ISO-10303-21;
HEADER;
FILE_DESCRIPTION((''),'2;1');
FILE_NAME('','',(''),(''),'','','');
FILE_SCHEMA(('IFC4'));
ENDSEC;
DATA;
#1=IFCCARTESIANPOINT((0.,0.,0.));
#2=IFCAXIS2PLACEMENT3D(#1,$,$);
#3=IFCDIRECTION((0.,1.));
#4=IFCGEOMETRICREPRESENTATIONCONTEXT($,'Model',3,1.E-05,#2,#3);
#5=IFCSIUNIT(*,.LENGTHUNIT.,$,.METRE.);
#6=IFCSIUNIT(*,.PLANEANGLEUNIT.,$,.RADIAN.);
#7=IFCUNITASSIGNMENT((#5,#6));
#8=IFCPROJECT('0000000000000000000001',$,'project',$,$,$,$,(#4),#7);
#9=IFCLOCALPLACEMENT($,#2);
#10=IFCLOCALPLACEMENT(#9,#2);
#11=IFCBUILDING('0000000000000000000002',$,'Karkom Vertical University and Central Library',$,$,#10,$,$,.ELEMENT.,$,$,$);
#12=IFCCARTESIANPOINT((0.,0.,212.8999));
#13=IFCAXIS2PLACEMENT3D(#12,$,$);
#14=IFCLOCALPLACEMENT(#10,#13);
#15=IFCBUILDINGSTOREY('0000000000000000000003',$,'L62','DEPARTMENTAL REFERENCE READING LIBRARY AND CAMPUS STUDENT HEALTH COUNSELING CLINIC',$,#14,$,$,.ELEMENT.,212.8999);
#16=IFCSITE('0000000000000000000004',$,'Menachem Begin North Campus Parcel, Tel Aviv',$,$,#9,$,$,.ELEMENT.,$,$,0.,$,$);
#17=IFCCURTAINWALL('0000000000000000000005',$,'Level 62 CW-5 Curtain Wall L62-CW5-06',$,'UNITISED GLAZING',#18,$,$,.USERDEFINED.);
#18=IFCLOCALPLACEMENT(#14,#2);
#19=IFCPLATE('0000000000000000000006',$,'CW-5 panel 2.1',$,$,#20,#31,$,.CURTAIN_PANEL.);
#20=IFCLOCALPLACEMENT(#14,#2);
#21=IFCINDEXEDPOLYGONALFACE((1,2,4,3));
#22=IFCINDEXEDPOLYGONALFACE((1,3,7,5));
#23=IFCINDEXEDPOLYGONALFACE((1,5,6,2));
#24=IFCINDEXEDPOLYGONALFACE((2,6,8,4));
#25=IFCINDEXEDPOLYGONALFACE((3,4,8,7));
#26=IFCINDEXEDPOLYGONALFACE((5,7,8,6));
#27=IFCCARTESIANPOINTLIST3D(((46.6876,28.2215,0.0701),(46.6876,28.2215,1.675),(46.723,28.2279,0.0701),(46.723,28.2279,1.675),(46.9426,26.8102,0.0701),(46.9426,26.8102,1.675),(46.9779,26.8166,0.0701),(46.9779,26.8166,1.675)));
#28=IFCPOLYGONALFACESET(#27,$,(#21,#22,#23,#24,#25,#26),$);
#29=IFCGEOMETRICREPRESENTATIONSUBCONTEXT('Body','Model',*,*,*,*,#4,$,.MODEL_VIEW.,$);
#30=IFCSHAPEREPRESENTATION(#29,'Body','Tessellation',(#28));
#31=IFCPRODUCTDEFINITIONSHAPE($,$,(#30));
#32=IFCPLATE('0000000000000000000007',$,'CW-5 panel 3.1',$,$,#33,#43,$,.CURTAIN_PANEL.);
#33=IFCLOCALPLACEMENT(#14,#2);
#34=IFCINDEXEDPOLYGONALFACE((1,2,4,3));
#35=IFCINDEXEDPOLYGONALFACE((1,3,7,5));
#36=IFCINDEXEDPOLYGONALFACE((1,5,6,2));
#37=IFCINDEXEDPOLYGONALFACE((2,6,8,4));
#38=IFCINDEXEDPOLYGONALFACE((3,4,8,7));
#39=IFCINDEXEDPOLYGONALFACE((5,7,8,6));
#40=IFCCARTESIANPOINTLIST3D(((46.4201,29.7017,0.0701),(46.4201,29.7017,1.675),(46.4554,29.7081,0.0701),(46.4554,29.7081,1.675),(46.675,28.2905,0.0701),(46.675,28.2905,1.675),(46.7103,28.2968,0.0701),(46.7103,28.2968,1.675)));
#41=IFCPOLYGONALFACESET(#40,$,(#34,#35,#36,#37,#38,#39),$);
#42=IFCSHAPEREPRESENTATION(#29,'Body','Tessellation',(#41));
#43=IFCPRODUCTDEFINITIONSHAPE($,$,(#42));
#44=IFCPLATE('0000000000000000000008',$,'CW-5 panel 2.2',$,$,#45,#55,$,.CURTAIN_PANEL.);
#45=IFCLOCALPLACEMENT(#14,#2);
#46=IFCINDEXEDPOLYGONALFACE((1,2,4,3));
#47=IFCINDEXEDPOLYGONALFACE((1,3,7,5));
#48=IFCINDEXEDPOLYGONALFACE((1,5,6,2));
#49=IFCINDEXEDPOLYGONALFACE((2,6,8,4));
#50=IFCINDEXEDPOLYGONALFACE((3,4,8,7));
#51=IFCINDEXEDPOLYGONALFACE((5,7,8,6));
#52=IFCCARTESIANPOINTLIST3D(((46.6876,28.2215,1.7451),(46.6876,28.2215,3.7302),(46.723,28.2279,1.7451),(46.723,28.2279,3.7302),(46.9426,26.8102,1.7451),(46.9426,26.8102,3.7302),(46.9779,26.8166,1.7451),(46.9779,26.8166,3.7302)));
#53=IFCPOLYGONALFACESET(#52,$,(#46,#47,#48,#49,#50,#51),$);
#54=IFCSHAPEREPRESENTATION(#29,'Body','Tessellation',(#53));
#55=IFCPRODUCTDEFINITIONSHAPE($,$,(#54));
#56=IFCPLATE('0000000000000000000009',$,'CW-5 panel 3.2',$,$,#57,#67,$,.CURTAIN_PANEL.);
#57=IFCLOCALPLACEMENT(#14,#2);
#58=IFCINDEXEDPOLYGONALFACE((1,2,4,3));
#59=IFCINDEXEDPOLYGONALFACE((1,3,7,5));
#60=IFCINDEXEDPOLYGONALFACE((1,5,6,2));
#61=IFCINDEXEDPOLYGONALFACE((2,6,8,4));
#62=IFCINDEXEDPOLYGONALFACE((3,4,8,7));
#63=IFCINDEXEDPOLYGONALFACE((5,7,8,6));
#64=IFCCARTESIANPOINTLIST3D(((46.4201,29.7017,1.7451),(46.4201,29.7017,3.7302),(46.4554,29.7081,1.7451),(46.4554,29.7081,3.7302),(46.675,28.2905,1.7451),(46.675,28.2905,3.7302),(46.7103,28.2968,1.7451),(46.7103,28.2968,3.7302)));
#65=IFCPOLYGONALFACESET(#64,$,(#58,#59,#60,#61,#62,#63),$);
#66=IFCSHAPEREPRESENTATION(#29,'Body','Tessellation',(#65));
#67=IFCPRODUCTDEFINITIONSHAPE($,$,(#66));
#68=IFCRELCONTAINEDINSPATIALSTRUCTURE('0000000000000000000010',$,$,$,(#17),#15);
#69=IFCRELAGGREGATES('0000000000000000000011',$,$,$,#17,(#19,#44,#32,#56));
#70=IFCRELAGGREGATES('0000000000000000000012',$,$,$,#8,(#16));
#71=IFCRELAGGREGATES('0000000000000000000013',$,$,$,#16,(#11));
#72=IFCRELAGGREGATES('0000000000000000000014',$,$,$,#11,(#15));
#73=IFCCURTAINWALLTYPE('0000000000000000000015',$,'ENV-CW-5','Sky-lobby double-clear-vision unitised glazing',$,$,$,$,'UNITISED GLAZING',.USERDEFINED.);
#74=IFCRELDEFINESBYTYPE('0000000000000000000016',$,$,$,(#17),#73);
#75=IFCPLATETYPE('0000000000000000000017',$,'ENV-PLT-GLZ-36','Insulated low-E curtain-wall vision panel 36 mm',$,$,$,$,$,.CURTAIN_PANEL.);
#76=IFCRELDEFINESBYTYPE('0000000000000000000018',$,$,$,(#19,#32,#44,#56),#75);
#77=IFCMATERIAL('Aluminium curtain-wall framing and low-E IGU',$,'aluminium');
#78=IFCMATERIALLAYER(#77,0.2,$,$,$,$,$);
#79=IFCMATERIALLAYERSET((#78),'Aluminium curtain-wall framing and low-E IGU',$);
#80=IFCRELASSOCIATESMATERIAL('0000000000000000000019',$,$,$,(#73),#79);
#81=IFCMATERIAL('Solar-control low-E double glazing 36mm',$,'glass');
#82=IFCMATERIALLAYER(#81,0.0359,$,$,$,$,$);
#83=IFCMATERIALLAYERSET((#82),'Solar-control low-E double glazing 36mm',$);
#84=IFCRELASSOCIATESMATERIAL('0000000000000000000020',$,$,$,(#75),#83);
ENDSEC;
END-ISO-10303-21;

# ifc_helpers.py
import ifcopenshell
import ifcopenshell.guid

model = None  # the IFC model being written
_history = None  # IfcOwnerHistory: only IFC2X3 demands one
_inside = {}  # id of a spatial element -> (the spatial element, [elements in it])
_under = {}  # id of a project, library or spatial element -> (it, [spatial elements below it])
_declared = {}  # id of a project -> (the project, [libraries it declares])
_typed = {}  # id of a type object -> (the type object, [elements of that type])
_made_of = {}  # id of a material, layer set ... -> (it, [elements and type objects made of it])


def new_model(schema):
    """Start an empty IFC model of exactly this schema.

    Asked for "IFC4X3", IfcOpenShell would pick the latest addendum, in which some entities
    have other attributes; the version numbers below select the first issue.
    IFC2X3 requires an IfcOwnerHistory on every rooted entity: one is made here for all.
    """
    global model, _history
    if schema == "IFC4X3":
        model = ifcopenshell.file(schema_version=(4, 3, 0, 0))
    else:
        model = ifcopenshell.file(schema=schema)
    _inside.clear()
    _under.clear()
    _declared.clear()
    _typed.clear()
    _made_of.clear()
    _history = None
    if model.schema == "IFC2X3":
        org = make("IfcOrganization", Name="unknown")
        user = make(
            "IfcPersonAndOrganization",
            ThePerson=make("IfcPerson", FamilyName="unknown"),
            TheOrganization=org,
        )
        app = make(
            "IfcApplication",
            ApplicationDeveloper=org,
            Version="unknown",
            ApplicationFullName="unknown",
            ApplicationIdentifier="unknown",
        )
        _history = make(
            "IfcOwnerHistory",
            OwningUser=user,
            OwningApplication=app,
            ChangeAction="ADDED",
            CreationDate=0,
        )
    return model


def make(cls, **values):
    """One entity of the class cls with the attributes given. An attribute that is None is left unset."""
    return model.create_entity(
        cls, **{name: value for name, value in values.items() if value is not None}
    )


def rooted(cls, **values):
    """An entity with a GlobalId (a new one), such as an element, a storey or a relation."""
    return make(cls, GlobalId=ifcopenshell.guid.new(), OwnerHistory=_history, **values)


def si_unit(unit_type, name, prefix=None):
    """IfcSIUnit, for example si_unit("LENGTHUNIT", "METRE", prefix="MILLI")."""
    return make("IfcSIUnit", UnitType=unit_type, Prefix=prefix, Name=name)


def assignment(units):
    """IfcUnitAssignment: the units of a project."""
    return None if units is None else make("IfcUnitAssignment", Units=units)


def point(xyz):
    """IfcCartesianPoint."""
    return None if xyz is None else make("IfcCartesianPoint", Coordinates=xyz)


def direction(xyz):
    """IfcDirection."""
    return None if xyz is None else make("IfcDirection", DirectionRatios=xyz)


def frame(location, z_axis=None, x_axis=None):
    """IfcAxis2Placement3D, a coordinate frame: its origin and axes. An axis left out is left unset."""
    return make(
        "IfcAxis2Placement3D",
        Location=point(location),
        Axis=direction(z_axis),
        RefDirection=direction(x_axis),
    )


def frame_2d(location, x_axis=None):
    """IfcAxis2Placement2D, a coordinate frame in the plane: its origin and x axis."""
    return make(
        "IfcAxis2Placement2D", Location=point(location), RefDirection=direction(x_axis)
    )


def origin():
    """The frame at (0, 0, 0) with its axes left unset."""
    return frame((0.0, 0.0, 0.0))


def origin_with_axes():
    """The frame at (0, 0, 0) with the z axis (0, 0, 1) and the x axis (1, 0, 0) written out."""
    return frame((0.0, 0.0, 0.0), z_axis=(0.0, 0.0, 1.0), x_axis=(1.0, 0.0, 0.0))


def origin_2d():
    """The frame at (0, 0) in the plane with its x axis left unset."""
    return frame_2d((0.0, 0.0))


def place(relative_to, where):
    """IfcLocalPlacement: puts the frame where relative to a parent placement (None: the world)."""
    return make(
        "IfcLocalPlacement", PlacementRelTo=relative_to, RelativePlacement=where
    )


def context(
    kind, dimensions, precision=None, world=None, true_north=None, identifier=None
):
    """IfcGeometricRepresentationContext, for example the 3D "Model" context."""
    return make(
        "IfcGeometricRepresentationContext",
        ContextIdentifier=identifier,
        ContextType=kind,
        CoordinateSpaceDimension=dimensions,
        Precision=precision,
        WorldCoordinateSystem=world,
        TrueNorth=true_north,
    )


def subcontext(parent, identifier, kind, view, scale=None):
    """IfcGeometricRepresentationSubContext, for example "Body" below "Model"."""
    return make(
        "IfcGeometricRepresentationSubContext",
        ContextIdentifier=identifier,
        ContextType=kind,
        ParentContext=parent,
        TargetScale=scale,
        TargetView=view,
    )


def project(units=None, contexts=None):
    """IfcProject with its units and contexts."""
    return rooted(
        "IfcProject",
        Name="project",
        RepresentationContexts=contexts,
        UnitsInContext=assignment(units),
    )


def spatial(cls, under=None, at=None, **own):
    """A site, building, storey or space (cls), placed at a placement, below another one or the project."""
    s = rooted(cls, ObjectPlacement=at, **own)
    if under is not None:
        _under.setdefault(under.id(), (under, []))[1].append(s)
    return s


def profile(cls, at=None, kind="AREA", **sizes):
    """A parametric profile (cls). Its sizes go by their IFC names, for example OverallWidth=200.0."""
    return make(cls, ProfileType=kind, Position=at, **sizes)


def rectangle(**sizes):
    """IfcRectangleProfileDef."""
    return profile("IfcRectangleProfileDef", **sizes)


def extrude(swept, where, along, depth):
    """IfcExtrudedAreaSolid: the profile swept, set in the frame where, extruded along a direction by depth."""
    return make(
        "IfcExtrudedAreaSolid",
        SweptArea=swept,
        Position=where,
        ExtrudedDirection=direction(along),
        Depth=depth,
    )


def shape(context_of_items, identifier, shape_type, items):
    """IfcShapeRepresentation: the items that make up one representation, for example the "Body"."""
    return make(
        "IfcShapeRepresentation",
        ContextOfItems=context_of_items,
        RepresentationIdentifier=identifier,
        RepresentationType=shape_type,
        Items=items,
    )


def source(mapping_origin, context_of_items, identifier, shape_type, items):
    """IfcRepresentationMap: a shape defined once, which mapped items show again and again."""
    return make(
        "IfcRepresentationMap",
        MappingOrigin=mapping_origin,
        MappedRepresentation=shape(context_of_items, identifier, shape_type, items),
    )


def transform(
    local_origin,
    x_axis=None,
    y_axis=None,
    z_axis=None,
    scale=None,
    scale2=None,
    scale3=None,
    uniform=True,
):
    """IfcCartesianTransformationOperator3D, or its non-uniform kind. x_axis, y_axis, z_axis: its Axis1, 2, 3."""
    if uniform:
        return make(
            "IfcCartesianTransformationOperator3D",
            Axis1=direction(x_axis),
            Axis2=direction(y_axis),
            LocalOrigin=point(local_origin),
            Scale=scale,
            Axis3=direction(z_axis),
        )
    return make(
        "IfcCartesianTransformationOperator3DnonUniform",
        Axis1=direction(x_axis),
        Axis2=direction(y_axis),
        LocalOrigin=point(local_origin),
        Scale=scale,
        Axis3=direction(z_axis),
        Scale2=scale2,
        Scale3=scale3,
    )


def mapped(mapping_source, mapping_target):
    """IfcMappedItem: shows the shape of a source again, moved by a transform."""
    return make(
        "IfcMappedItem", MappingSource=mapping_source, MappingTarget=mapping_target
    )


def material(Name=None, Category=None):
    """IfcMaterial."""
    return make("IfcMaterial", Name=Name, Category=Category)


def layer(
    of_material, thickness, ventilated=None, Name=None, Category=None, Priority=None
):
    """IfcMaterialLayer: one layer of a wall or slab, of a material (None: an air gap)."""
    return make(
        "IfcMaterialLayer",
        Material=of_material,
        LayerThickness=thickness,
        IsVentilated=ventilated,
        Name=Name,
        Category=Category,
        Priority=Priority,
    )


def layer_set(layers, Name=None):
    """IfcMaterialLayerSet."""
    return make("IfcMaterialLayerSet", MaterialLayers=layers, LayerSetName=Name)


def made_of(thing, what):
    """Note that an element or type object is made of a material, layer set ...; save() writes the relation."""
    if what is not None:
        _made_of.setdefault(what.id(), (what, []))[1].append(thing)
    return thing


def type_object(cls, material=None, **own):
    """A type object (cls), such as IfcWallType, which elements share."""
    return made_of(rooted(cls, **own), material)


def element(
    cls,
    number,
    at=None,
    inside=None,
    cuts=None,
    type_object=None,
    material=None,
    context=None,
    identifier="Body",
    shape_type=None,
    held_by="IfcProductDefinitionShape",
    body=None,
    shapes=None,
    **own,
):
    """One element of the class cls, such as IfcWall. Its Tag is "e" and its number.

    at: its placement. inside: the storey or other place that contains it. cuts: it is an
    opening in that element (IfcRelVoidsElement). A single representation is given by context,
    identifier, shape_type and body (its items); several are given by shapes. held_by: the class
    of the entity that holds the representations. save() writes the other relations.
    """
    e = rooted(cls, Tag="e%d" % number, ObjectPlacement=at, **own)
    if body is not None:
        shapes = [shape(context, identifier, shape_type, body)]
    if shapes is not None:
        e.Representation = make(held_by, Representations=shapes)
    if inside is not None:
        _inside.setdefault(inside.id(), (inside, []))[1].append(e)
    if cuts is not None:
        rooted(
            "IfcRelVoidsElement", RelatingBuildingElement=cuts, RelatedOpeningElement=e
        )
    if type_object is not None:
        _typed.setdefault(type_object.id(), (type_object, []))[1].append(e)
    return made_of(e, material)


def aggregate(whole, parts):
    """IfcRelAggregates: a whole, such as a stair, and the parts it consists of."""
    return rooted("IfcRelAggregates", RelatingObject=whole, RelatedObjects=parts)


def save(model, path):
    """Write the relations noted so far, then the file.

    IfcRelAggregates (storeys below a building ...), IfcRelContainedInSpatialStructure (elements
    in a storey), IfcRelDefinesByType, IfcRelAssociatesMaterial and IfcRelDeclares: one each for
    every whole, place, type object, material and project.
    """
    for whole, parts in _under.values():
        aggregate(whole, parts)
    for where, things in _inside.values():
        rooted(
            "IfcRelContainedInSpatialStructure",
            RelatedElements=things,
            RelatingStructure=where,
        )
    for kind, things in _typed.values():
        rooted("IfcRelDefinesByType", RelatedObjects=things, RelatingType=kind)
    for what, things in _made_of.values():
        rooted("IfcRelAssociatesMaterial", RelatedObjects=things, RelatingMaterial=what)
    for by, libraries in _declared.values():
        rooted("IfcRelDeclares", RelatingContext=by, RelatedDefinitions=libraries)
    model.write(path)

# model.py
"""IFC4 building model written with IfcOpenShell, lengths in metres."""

from ifc_helpers import new_model, si_unit, direction, frame, origin, origin_with_axes, origin_2d, place, context, subcontext, project, spatial, rectangle, extrude, source, transform, mapped, material, layer, layer_set, type_object, element, aggregate, save


model = new_model("IFC4")

# Units and contexts
model_context = context("Model", 3, precision=1e-05, world=origin(), true_north=direction((0.0, 1.0)))
body_context = subcontext(model_context, "Body", "Model", "MODEL_VIEW")
ifc_project = project(units=[si_unit("LENGTHUNIT", "METRE"), si_unit("PLANEANGLEUNIT", "RADIAN")], contexts=[model_context])

# Site, building, storey
site_placement = place(None, origin())
site = spatial("IfcSite", under=ifc_project, at=site_placement, Name="Menachem Begin North Campus Parcel, Tel Aviv", CompositionType="ELEMENT", RefElevation=0.0)
building_placement = place(site_placement, origin())
building = spatial("IfcBuilding", under=site, at=building_placement, Name="Karkom Vertical University and Central Library", CompositionType="ELEMENT")
storey_placement = place(building_placement, frame((0.0, 0.0, 212.8999)))
storey = spatial("IfcBuildingStorey", under=building, at=storey_placement, Name="L62", Description="DEPARTMENTAL REFERENCE READING LIBRARY AND CAMPUS STUDENT HEALTH COUNSELING CLINIC", CompositionType="ELEMENT", Elevation=212.8999)

# Curtain wall, plates
ifc_material_1 = material(Name="Aluminium curtain-wall framing and low-E IGU", Category="aluminium")
ifc_layer_1 = layer(ifc_material_1, 0.2)
ifc_layer_set_1 = layer_set([ifc_layer_1], Name="Aluminium curtain-wall framing and low-E IGU")
curtain_wall_type = type_object("IfcCurtainWallType", Name="ENV-CW-5", Description="Sky-lobby double-clear-vision unitised glazing", ElementType="UNITISED GLAZING", PredefinedType="USERDEFINED", material=ifc_layer_set_1)
curtain_wall_placement = place(storey_placement, origin())
curtain_wall = element("IfcCurtainWall", 1, at=curtain_wall_placement, inside=storey, type_object=curtain_wall_type, Name="Level 62 CW-5 Curtain Wall L62-CW5-06", ObjectType="UNITISED GLAZING", PredefinedType="USERDEFINED")
ifc_material_2 = material(Name="Solar-control low-E double glazing 36mm", Category="glass")
ifc_layer_2 = layer(ifc_material_2, 0.0359)
ifc_layer_set_2 = layer_set([ifc_layer_2], Name="Solar-control low-E double glazing 36mm")
plate_type = type_object("IfcPlateType", Name="ENV-PLT-GLZ-36", Description="Insulated low-E curtain-wall vision panel 36 mm", PredefinedType="CURTAIN_PANEL", material=ifc_layer_set_2)
shared_shape_1 = source(origin_with_axes(), body_context, "Body", "SweptSolid", [
    extrude(rectangle(XDim=1.4341, YDim=0.0359, at=origin_2d()), origin(), (0.0, 0.0, 1.0), 1.605),
])
plate_1_placement = place(storey_placement, frame((46.8328, 27.519, 0.0701), z_axis=(0.0, 0.0, 1.0), x_axis=(-0.177772, 0.984072, 0.0)))
plate_1 = element("IfcPlate", 2, at=plate_1_placement, type_object=plate_type, Name="CW-5 panel 2.1", PredefinedType="CURTAIN_PANEL", context=body_context, shape_type="MappedRepresentation", body=[
    mapped(shared_shape_1, transform((0.0, 0.0, 0.0), scale=1.0)),
])
plate_2_placement = place(storey_placement, frame((46.5652, 28.9993, 0.0701), z_axis=(0.0, 0.0, 1.0), x_axis=(-0.177772, 0.984072, 0.0)))
plate_2 = element("IfcPlate", 3, at=plate_2_placement, type_object=plate_type, Name="CW-5 panel 3.1", PredefinedType="CURTAIN_PANEL", context=body_context, shape_type="MappedRepresentation", body=[
    mapped(shared_shape_1, transform((0.0, 0.0, 0.0), scale=1.0)),
])
shared_shape_2 = source(origin_with_axes(), body_context, "Body", "SweptSolid", [
    extrude(rectangle(XDim=1.4341, YDim=0.0359, at=origin_2d()), origin(), (0.0, 0.0, 1.0), 1.9851),
])
plate_3_placement = place(storey_placement, frame((46.8328, 27.519, 1.7451), z_axis=(0.0, 0.0, 1.0), x_axis=(-0.177772, 0.984072, 0.0)))
plate_3 = element("IfcPlate", 4, at=plate_3_placement, type_object=plate_type, Name="CW-5 panel 2.2", PredefinedType="CURTAIN_PANEL", context=body_context, shape_type="MappedRepresentation", body=[
    mapped(shared_shape_2, transform((0.0, 0.0, 0.0), scale=1.0)),
])
plate_4_placement = place(storey_placement, frame((46.5652, 28.9993, 1.7451), z_axis=(0.0, 0.0, 1.0), x_axis=(-0.177772, 0.984072, 0.0)))
plate_4 = element("IfcPlate", 5, at=plate_4_placement, type_object=plate_type, Name="CW-5 panel 3.2", PredefinedType="CURTAIN_PANEL", context=body_context, shape_type="MappedRepresentation", body=[
    mapped(shared_shape_2, transform((0.0, 0.0, 0.0), scale=1.0)),
])
aggregate(curtain_wall, [plate_1, plate_3, plate_2, plate_4])

save(model, "model.ifc")
